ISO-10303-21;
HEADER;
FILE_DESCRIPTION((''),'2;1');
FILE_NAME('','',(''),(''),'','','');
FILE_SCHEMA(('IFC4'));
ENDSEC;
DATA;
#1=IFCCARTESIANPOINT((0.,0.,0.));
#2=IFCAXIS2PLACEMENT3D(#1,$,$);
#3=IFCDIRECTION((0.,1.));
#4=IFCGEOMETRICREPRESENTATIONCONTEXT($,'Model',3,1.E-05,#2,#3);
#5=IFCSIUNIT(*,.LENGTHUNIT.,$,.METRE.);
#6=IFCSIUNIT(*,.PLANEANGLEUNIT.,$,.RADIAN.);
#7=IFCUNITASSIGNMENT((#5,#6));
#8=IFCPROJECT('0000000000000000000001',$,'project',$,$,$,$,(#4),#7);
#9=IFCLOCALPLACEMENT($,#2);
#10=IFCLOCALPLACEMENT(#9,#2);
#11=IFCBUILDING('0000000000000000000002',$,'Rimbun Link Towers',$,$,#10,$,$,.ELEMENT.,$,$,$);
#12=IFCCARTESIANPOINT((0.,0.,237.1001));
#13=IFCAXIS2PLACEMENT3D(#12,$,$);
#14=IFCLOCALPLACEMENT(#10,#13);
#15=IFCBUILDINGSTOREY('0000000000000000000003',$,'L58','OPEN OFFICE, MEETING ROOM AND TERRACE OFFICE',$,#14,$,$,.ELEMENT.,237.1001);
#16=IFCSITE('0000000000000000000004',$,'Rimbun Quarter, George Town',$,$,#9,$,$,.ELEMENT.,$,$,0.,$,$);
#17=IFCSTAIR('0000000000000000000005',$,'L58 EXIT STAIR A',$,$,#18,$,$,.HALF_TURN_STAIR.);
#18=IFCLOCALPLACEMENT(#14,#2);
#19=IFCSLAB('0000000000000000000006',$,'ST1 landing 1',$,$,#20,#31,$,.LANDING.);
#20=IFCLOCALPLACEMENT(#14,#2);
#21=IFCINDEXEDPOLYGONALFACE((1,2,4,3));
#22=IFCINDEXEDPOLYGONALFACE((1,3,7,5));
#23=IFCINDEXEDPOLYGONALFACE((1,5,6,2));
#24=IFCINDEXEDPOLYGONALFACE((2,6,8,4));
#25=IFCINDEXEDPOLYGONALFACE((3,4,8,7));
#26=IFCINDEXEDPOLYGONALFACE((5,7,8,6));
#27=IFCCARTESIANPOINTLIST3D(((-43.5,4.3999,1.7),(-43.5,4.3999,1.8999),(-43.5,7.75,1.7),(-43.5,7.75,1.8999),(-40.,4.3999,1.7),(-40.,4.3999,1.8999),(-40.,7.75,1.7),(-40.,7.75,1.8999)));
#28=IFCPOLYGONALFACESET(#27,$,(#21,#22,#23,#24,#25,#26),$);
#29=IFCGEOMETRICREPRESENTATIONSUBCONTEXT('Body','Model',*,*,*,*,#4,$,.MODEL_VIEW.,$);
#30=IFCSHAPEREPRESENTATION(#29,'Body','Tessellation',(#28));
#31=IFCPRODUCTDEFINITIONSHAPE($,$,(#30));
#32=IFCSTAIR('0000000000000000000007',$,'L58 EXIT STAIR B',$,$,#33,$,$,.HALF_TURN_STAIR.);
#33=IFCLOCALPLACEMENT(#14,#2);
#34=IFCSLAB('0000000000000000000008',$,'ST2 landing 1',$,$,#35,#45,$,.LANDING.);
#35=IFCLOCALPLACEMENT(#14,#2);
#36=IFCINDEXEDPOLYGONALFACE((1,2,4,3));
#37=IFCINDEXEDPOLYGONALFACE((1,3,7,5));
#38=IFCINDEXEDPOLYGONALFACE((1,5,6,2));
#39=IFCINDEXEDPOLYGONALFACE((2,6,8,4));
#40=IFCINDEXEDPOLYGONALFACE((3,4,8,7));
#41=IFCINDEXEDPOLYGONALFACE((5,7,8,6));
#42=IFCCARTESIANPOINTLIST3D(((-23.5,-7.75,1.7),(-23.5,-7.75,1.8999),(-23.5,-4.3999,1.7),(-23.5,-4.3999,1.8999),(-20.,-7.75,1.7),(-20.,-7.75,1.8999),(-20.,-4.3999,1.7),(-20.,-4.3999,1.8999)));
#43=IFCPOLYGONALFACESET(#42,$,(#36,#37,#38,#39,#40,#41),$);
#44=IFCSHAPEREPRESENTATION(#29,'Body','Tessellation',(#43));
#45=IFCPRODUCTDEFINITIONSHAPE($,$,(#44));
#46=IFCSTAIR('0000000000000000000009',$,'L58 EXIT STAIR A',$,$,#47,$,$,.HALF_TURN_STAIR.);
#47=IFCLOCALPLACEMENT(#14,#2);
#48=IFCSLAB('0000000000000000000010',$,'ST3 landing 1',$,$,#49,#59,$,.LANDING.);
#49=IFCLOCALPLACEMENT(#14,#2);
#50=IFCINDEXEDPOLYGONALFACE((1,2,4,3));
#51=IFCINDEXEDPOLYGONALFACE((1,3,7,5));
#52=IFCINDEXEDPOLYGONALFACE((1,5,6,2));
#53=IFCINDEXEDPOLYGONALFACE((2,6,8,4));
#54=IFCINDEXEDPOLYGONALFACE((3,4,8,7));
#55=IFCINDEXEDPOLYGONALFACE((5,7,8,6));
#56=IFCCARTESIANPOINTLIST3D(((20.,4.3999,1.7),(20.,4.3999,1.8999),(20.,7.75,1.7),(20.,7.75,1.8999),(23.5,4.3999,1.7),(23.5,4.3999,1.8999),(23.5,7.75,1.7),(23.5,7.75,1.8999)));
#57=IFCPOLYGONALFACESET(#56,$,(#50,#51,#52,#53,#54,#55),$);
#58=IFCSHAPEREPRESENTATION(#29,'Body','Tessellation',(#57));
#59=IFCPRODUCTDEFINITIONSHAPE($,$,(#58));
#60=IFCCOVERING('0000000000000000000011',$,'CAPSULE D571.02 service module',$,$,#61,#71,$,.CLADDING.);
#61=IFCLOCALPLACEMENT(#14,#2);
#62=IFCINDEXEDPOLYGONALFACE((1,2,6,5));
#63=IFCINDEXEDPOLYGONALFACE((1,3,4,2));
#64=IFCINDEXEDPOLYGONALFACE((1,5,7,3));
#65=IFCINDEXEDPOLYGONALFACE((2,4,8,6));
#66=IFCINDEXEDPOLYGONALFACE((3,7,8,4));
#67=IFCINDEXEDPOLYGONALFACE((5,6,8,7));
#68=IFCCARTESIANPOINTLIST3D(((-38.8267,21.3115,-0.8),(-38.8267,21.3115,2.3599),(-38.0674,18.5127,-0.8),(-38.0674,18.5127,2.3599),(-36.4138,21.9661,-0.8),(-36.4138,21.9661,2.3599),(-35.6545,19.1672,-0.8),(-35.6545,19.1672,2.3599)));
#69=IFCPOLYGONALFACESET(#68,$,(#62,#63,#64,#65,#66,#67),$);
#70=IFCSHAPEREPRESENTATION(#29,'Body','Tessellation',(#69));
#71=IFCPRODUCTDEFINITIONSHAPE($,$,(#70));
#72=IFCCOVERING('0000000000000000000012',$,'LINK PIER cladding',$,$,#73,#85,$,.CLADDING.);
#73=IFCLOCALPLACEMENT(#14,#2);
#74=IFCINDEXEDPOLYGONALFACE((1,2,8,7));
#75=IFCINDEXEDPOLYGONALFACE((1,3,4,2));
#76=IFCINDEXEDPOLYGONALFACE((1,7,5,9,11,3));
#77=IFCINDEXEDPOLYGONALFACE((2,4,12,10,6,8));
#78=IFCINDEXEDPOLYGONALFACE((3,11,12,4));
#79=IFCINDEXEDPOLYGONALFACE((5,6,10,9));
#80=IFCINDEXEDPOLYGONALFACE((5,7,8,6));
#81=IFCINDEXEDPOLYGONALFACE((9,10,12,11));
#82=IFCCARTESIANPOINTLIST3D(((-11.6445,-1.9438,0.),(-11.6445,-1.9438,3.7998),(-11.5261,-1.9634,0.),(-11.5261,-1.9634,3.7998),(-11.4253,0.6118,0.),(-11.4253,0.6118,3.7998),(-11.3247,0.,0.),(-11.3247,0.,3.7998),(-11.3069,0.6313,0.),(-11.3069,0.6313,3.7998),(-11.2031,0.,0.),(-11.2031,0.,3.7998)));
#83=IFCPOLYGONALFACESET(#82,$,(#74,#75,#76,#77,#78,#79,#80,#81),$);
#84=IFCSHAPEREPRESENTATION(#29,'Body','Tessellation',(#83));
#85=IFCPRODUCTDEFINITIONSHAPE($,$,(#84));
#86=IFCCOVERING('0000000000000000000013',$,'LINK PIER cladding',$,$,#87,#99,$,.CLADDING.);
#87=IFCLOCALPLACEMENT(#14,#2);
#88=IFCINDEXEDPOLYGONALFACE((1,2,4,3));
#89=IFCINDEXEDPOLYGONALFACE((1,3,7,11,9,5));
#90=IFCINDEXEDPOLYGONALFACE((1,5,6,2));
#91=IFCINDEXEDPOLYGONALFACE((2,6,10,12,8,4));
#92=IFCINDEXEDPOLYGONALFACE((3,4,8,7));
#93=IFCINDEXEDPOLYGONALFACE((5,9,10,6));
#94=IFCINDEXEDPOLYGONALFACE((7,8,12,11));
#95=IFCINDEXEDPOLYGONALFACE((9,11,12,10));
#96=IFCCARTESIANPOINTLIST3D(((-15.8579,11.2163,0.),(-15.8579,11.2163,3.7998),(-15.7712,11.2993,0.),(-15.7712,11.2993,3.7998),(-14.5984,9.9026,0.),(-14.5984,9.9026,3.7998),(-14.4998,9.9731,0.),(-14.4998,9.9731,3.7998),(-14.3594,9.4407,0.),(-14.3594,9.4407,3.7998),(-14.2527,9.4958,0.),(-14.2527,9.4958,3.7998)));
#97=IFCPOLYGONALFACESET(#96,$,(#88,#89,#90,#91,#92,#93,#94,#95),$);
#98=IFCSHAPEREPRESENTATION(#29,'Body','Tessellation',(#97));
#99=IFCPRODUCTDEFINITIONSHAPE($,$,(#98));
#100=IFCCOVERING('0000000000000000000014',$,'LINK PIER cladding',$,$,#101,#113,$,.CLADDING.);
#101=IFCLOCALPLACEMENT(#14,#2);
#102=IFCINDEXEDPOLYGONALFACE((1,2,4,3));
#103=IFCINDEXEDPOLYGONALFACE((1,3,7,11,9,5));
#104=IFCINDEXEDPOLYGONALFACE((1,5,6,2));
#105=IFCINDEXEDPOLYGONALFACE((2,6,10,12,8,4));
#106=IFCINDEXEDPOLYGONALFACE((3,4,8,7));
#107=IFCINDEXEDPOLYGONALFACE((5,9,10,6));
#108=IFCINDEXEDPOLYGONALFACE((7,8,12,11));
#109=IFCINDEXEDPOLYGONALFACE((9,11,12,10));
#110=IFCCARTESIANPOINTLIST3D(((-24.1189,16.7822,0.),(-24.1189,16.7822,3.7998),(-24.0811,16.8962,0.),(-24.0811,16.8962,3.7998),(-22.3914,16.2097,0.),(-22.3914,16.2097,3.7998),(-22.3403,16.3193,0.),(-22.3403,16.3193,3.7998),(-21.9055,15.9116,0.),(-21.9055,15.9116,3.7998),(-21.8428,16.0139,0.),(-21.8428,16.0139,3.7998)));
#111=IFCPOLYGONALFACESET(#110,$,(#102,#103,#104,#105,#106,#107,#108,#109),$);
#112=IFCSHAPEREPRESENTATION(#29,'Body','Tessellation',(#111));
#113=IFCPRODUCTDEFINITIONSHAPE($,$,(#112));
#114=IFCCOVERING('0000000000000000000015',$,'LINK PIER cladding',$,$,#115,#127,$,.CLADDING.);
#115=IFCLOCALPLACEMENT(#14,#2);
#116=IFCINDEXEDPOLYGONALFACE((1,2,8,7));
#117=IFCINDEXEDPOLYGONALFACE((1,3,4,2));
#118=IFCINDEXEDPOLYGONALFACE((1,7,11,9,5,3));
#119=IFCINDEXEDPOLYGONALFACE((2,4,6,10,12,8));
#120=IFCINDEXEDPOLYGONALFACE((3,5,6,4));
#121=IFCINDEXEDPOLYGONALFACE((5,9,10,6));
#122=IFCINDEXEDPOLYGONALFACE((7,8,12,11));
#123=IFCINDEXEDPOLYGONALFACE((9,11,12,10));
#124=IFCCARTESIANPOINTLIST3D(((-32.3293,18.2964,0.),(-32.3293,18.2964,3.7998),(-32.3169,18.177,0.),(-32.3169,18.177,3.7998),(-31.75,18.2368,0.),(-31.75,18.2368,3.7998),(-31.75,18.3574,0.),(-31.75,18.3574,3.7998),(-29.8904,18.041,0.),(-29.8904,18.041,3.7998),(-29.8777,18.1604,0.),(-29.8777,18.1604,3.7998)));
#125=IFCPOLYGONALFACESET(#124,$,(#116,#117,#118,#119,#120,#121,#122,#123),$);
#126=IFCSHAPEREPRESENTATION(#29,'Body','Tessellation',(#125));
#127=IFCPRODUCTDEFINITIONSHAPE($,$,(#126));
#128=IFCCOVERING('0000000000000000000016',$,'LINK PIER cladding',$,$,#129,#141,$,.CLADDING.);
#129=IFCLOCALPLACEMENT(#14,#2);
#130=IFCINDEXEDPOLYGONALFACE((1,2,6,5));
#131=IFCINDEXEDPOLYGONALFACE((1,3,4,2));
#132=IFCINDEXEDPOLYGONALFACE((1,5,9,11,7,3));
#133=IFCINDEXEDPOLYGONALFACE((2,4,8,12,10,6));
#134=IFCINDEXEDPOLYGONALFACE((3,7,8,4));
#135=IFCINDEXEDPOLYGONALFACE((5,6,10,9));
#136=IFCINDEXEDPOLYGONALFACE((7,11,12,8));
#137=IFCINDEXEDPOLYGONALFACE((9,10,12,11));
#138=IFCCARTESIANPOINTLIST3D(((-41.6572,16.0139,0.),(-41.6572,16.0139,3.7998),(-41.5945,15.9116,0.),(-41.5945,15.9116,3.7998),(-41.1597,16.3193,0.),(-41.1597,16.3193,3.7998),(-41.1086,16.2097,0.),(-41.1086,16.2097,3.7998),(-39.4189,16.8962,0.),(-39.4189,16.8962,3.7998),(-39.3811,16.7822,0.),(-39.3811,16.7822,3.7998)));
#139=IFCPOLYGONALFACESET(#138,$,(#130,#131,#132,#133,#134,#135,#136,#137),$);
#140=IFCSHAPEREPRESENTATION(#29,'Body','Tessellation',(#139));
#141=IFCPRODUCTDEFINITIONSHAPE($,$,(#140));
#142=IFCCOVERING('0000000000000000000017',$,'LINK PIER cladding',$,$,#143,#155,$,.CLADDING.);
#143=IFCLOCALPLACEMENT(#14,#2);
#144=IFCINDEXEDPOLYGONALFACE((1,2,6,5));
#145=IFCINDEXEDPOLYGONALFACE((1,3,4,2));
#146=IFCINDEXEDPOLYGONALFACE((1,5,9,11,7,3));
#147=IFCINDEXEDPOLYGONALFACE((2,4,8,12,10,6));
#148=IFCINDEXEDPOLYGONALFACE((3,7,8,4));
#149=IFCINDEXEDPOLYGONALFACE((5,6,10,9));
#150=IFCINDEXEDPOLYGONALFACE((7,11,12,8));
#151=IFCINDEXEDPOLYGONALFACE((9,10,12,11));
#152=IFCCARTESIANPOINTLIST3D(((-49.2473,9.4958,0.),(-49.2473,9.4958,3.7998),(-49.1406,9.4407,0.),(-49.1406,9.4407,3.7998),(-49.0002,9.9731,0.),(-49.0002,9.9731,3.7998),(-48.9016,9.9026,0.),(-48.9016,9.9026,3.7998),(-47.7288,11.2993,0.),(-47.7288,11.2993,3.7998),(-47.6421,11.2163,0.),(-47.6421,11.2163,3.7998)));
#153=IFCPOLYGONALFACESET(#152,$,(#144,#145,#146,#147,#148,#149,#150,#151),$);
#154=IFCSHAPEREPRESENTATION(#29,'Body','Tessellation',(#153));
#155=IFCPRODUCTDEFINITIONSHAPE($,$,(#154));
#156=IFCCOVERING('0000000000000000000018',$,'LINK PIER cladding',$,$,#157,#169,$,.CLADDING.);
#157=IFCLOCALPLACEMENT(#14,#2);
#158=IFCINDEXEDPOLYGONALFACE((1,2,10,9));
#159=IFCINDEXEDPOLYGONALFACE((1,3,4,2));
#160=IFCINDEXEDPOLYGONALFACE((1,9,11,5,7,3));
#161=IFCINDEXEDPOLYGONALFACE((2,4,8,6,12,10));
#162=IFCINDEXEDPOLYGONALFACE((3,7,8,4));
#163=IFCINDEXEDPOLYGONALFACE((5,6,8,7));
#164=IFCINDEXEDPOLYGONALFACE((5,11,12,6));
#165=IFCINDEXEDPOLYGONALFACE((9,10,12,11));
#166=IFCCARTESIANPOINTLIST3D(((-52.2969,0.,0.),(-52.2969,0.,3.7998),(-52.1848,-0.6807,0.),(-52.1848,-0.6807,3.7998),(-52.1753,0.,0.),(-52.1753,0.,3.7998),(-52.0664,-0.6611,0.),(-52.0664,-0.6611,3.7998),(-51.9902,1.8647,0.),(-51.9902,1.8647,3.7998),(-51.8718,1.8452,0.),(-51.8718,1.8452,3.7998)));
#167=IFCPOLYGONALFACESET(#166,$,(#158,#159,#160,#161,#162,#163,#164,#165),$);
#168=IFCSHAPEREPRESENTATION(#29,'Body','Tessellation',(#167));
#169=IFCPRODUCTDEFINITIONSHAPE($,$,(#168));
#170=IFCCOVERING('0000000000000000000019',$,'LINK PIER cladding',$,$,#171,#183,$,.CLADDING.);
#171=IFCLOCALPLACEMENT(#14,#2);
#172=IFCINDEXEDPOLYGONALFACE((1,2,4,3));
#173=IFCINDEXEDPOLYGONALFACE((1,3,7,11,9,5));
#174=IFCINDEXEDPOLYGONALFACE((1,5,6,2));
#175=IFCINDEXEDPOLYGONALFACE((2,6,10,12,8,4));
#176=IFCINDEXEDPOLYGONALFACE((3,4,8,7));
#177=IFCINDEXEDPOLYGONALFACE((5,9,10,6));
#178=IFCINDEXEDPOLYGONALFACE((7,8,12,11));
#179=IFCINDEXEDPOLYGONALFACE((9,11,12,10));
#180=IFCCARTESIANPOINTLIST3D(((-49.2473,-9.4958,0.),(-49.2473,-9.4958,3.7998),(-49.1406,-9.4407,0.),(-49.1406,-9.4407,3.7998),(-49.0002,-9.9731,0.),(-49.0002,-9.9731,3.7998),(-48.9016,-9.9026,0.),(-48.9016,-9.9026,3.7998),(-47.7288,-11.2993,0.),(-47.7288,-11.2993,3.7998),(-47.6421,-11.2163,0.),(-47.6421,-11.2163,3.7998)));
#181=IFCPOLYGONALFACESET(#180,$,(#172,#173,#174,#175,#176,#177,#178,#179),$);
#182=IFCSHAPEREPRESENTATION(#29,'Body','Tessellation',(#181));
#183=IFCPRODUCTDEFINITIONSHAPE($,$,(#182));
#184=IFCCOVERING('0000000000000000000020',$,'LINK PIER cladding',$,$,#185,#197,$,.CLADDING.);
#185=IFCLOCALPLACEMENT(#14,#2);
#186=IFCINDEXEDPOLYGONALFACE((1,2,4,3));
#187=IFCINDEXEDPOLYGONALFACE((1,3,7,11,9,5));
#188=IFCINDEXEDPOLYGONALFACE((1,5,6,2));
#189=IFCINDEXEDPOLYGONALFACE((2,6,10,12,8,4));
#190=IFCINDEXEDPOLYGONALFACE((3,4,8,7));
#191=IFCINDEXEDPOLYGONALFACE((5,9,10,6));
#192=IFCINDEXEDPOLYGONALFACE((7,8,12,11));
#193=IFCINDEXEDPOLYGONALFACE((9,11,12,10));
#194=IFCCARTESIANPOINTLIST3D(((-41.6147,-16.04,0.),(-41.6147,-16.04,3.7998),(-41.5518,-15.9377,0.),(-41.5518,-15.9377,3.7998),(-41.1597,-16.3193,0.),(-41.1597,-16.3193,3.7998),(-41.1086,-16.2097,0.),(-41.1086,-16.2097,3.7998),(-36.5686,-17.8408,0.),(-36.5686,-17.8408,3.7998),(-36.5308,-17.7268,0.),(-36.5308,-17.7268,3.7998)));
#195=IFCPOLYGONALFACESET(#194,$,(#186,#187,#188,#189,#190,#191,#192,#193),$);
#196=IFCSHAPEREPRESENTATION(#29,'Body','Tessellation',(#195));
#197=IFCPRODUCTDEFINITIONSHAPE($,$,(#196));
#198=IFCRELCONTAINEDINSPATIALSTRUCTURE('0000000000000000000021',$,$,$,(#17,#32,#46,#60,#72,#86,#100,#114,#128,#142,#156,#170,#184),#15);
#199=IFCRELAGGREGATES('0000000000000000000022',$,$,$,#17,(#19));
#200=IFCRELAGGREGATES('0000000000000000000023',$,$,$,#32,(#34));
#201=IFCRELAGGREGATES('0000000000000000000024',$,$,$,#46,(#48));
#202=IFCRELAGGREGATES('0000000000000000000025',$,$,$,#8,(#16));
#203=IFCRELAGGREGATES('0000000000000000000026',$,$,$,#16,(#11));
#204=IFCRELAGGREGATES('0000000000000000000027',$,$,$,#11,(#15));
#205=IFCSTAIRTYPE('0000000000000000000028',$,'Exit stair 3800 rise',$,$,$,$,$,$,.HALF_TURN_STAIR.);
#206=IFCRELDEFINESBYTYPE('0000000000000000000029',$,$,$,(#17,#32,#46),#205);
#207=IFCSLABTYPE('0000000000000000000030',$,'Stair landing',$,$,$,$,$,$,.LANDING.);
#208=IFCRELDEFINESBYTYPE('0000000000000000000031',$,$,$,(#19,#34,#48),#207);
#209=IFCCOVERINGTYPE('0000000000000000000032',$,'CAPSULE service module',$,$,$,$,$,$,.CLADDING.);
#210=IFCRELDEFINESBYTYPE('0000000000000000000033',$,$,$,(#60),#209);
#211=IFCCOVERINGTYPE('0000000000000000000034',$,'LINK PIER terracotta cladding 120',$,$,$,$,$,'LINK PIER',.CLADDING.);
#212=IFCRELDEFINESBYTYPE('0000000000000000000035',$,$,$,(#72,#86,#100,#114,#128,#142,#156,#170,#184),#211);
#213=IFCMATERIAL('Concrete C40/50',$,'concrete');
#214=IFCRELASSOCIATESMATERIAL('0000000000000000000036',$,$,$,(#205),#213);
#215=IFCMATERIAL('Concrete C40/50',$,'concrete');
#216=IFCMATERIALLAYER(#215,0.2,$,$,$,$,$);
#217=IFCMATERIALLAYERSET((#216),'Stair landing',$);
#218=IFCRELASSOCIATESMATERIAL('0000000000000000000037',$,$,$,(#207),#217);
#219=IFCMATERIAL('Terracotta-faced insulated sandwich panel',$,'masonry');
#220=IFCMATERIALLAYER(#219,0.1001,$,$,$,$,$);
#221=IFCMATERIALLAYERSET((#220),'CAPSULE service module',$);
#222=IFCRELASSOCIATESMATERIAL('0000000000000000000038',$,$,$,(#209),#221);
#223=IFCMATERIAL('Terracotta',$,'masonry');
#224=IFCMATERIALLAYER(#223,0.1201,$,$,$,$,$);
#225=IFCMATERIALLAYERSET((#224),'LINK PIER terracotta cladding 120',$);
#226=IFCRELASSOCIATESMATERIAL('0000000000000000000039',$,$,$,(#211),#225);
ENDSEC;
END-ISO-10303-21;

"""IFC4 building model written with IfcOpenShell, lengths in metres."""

from ifc_helpers import new_model, si_unit, direction, frame, origin, place, context, subcontext, project, spatial, polyline, outline, extrude, material, layer, layer_set, type_object, element, aggregate, save


model = new_model("IFC4")

# Units and contexts
model_context = context("Model", 3, precision=1e-05, world=origin(), true_north=direction((0.0, 1.0)))
body_context = subcontext(model_context, "Body", "Model", "MODEL_VIEW")
ifc_project = project(units=[si_unit("LENGTHUNIT", "METRE"), si_unit("PLANEANGLEUNIT", "RADIAN")], contexts=[model_context])

# Site, building, storey
site_placement = place(None, origin())
site = spatial("IfcSite", under=ifc_project, at=site_placement, Name="Rimbun Quarter, George Town", CompositionType="ELEMENT", RefElevation=0.0)
building_placement = place(site_placement, origin())
building = spatial("IfcBuilding", under=site, at=building_placement, Name="Rimbun Link Towers", CompositionType="ELEMENT")
storey_placement = place(building_placement, frame((0.0, 0.0, 237.1001)))
storey = spatial("IfcBuildingStorey", under=building, at=storey_placement, Name="L58", Description="OPEN OFFICE, MEETING ROOM AND TERRACE OFFICE", CompositionType="ELEMENT", Elevation=237.1001)

# Stairs, slabs
ifc_material_1 = material(Name="Concrete C40/50", Category="concrete")
stair_type = type_object("IfcStairType", Name="Exit stair 3800 rise", PredefinedType="HALF_TURN_STAIR", material=ifc_material_1)
stair_1_placement = place(storey_placement, origin())
stair_1 = element("IfcStair", 1, at=stair_1_placement, inside=storey, type_object=stair_type, Name="L58 EXIT STAIR A", PredefinedType="HALF_TURN_STAIR")
ifc_material_2 = material(Name="Concrete C40/50", Category="concrete")
ifc_layer_1 = layer(ifc_material_2, 0.2)
ifc_layer_set_1 = layer_set([ifc_layer_1], Name="Stair landing")
slab_type = type_object("IfcSlabType", Name="Stair landing", PredefinedType="LANDING", material=ifc_layer_set_1)
slab_1_placement = place(storey_placement, frame((0.0, 0.0, 1.7)))
slab_1 = element("IfcSlab", 2, at=slab_1_placement, type_object=slab_type, Name="ST1 landing 1", PredefinedType="LANDING", context=body_context, shape_type="SweptSolid", body=[
    extrude(outline(polyline([(-40.0, 7.75), (-43.5, 7.75), (-43.5, 4.3999), (-40.0, 4.3999), (-40.0, 7.75)])), origin(), (0.0, 0.0, 1.0), 0.2),
])
aggregate(stair_1, [slab_1])
stair_2_placement = place(storey_placement, origin())
stair_2 = element("IfcStair", 3, at=stair_2_placement, inside=storey, type_object=stair_type, Name="L58 EXIT STAIR B", PredefinedType="HALF_TURN_STAIR")
slab_2_placement = place(storey_placement, frame((0.0, 0.0, 1.7)))
slab_2 = element("IfcSlab", 4, at=slab_2_placement, type_object=slab_type, Name="ST2 landing 1", PredefinedType="LANDING", context=body_context, shape_type="SweptSolid", body=[
    extrude(outline(polyline([(-23.5, -7.75), (-20.0, -7.75), (-20.0, -4.3999), (-23.5, -4.3999), (-23.5, -7.75)])), origin(), (0.0, 0.0, 1.0), 0.2),
])
aggregate(stair_2, [slab_2])
stair_3_placement = place(storey_placement, origin())
stair_3 = element("IfcStair", 5, at=stair_3_placement, inside=storey, type_object=stair_type, Name="L58 EXIT STAIR A", PredefinedType="HALF_TURN_STAIR")
slab_3_placement = place(storey_placement, frame((0.0, 0.0, 1.7)))
slab_3 = element("IfcSlab", 6, at=slab_3_placement, type_object=slab_type, Name="ST3 landing 1", PredefinedType="LANDING", context=body_context, shape_type="SweptSolid", body=[
    extrude(outline(polyline([(23.5, 7.75), (20.0, 7.75), (20.0, 4.3999), (23.5, 4.3999), (23.5, 7.75)])), origin(), (0.0, 0.0, 1.0), 0.2),
])
aggregate(stair_3, [slab_3])

# Coverings
ifc_material_3 = material(Name="Terracotta-faced insulated sandwich panel", Category="masonry")
ifc_layer_2 = layer(ifc_material_3, 0.1001)
ifc_layer_set_2 = layer_set([ifc_layer_2], Name="CAPSULE service module")
covering_type_1 = type_object("IfcCoveringType", Name="CAPSULE service module", PredefinedType="CLADDING", material=ifc_layer_set_2)
covering_1_placement = place(storey_placement, frame((0.0, 0.0, -0.8)))
element("IfcCovering", 7, at=covering_1_placement, inside=storey, type_object=covering_type_1, Name="CAPSULE D571.02 service module", PredefinedType="CLADDING", context=body_context, shape_type="SweptSolid", body=[
    extrude(outline(polyline([(-36.4138, 21.9661), (-38.8267, 21.3115), (-38.0674, 18.5127), (-35.6545, 19.1672), (-36.4138, 21.9661)])), origin(), (0.0, 0.0, 1.0), 3.1599),
])
ifc_material_4 = material(Name="Terracotta", Category="masonry")
ifc_layer_3 = layer(ifc_material_4, 0.1201)
ifc_layer_set_3 = layer_set([ifc_layer_3], Name="LINK PIER terracotta cladding 120")
covering_type_2 = type_object("IfcCoveringType", Name="LINK PIER terracotta cladding 120", ElementType="LINK PIER", PredefinedType="CLADDING", material=ifc_layer_set_3)
covering_2_placement = place(storey_placement, origin())
element("IfcCovering", 8, at=covering_2_placement, inside=storey, type_object=covering_type_2, Name="LINK PIER cladding", PredefinedType="CLADDING", context=body_context, shape_type="SweptSolid", body=[
    extrude(outline(polyline([(-11.4253, 0.6118), (-11.3247, 0.0), (-11.6445, -1.9438), (-11.5261, -1.9634), (-11.2031, 0.0), (-11.3069, 0.6313), (-11.4253, 0.6118)])), origin(), (0.0, 0.0, 1.0), 3.7998),
])
covering_3_placement = place(storey_placement, origin())
element("IfcCovering", 9, at=covering_3_placement, inside=storey, type_object=covering_type_2, Name="LINK PIER cladding", PredefinedType="CLADDING", context=body_context, shape_type="SweptSolid", body=[
    extrude(outline(polyline([(-15.8579, 11.2163), (-14.5984, 9.9026), (-14.3594, 9.4407), (-14.2527, 9.4958), (-14.4998, 9.9731), (-15.7712, 11.2993), (-15.8579, 11.2163)])), origin(), (0.0, 0.0, 1.0), 3.7998),
])
covering_4_placement = place(storey_placement, origin())
element("IfcCovering", 10, at=covering_4_placement, inside=storey, type_object=covering_type_2, Name="LINK PIER cladding", PredefinedType="CLADDING", context=body_context, shape_type="SweptSolid", body=[
    extrude(outline(polyline([(-24.1189, 16.7822), (-22.3914, 16.2097), (-21.9055, 15.9116), (-21.8428, 16.0139), (-22.3403, 16.3193), (-24.0811, 16.8962), (-24.1189, 16.7822)])), origin(), (0.0, 0.0, 1.0), 3.7998),
])
covering_5_placement = place(storey_placement, origin())
element("IfcCovering", 11, at=covering_5_placement, inside=storey, type_object=covering_type_2, Name="LINK PIER cladding", PredefinedType="CLADDING", context=body_context, shape_type="SweptSolid", body=[
    extrude(outline(polyline([(-32.3169, 18.177), (-31.75, 18.2368), (-29.8904, 18.041), (-29.8777, 18.1604), (-31.75, 18.3574), (-32.3293, 18.2964), (-32.3169, 18.177)])), origin(), (0.0, 0.0, 1.0), 3.7998),
])
covering_6_placement = place(storey_placement, origin())
element("IfcCovering", 12, at=covering_6_placement, inside=storey, type_object=covering_type_2, Name="LINK PIER cladding", PredefinedType="CLADDING", context=body_context, shape_type="SweptSolid", body=[
    extrude(outline(polyline([(-41.5945, 15.9116), (-41.1086, 16.2097), (-39.3811, 16.7822), (-39.4189, 16.8962), (-41.1597, 16.3193), (-41.6572, 16.0139), (-41.5945, 15.9116)])), origin(), (0.0, 0.0, 1.0), 3.7998),
])
covering_7_placement = place(storey_placement, origin())
element("IfcCovering", 13, at=covering_7_placement, inside=storey, type_object=covering_type_2, Name="LINK PIER cladding", PredefinedType="CLADDING", context=body_context, shape_type="SweptSolid", body=[
    extrude(outline(polyline([(-49.1406, 9.4407), (-48.9016, 9.9026), (-47.6421, 11.2163), (-47.7288, 11.2993), (-49.0002, 9.9731), (-49.2473, 9.4958), (-49.1406, 9.4407)])), origin(), (0.0, 0.0, 1.0), 3.7998),
])
covering_8_placement = place(storey_placement, origin())
element("IfcCovering", 14, at=covering_8_placement, inside=storey, type_object=covering_type_2, Name="LINK PIER cladding", PredefinedType="CLADDING", context=body_context, shape_type="SweptSolid", body=[
    extrude(outline(polyline([(-52.0664, -0.6611), (-52.1753, 0.0), (-51.8718, 1.8452), (-51.9902, 1.8647), (-52.2969, 0.0), (-52.1848, -0.6807), (-52.0664, -0.6611)])), origin(), (0.0, 0.0, 1.0), 3.7998),
])
covering_9_placement = place(storey_placement, origin())
element("IfcCovering", 15, at=covering_9_placement, inside=storey, type_object=covering_type_2, Name="LINK PIER cladding", PredefinedType="CLADDING", context=body_context, shape_type="SweptSolid", body=[
    extrude(outline(polyline([(-47.6421, -11.2163), (-48.9016, -9.9026), (-49.1406, -9.4407), (-49.2473, -9.4958), (-49.0002, -9.9731), (-47.7288, -11.2993), (-47.6421, -11.2163)])), origin(), (0.0, 0.0, 1.0), 3.7998),
])
covering_10_placement = place(storey_placement, origin())
element("IfcCovering", 16, at=covering_10_placement, inside=storey, type_object=covering_type_2, Name="LINK PIER cladding", PredefinedType="CLADDING", context=body_context, shape_type="SweptSolid", body=[
    extrude(outline(polyline([(-36.5308, -17.7268), (-41.1086, -16.2097), (-41.5518, -15.9377), (-41.6147, -16.04), (-41.1597, -16.3193), (-36.5686, -17.8408), (-36.5308, -17.7268)])), origin(), (0.0, 0.0, 1.0), 3.7998),
])

save(model, "model.ifc")
